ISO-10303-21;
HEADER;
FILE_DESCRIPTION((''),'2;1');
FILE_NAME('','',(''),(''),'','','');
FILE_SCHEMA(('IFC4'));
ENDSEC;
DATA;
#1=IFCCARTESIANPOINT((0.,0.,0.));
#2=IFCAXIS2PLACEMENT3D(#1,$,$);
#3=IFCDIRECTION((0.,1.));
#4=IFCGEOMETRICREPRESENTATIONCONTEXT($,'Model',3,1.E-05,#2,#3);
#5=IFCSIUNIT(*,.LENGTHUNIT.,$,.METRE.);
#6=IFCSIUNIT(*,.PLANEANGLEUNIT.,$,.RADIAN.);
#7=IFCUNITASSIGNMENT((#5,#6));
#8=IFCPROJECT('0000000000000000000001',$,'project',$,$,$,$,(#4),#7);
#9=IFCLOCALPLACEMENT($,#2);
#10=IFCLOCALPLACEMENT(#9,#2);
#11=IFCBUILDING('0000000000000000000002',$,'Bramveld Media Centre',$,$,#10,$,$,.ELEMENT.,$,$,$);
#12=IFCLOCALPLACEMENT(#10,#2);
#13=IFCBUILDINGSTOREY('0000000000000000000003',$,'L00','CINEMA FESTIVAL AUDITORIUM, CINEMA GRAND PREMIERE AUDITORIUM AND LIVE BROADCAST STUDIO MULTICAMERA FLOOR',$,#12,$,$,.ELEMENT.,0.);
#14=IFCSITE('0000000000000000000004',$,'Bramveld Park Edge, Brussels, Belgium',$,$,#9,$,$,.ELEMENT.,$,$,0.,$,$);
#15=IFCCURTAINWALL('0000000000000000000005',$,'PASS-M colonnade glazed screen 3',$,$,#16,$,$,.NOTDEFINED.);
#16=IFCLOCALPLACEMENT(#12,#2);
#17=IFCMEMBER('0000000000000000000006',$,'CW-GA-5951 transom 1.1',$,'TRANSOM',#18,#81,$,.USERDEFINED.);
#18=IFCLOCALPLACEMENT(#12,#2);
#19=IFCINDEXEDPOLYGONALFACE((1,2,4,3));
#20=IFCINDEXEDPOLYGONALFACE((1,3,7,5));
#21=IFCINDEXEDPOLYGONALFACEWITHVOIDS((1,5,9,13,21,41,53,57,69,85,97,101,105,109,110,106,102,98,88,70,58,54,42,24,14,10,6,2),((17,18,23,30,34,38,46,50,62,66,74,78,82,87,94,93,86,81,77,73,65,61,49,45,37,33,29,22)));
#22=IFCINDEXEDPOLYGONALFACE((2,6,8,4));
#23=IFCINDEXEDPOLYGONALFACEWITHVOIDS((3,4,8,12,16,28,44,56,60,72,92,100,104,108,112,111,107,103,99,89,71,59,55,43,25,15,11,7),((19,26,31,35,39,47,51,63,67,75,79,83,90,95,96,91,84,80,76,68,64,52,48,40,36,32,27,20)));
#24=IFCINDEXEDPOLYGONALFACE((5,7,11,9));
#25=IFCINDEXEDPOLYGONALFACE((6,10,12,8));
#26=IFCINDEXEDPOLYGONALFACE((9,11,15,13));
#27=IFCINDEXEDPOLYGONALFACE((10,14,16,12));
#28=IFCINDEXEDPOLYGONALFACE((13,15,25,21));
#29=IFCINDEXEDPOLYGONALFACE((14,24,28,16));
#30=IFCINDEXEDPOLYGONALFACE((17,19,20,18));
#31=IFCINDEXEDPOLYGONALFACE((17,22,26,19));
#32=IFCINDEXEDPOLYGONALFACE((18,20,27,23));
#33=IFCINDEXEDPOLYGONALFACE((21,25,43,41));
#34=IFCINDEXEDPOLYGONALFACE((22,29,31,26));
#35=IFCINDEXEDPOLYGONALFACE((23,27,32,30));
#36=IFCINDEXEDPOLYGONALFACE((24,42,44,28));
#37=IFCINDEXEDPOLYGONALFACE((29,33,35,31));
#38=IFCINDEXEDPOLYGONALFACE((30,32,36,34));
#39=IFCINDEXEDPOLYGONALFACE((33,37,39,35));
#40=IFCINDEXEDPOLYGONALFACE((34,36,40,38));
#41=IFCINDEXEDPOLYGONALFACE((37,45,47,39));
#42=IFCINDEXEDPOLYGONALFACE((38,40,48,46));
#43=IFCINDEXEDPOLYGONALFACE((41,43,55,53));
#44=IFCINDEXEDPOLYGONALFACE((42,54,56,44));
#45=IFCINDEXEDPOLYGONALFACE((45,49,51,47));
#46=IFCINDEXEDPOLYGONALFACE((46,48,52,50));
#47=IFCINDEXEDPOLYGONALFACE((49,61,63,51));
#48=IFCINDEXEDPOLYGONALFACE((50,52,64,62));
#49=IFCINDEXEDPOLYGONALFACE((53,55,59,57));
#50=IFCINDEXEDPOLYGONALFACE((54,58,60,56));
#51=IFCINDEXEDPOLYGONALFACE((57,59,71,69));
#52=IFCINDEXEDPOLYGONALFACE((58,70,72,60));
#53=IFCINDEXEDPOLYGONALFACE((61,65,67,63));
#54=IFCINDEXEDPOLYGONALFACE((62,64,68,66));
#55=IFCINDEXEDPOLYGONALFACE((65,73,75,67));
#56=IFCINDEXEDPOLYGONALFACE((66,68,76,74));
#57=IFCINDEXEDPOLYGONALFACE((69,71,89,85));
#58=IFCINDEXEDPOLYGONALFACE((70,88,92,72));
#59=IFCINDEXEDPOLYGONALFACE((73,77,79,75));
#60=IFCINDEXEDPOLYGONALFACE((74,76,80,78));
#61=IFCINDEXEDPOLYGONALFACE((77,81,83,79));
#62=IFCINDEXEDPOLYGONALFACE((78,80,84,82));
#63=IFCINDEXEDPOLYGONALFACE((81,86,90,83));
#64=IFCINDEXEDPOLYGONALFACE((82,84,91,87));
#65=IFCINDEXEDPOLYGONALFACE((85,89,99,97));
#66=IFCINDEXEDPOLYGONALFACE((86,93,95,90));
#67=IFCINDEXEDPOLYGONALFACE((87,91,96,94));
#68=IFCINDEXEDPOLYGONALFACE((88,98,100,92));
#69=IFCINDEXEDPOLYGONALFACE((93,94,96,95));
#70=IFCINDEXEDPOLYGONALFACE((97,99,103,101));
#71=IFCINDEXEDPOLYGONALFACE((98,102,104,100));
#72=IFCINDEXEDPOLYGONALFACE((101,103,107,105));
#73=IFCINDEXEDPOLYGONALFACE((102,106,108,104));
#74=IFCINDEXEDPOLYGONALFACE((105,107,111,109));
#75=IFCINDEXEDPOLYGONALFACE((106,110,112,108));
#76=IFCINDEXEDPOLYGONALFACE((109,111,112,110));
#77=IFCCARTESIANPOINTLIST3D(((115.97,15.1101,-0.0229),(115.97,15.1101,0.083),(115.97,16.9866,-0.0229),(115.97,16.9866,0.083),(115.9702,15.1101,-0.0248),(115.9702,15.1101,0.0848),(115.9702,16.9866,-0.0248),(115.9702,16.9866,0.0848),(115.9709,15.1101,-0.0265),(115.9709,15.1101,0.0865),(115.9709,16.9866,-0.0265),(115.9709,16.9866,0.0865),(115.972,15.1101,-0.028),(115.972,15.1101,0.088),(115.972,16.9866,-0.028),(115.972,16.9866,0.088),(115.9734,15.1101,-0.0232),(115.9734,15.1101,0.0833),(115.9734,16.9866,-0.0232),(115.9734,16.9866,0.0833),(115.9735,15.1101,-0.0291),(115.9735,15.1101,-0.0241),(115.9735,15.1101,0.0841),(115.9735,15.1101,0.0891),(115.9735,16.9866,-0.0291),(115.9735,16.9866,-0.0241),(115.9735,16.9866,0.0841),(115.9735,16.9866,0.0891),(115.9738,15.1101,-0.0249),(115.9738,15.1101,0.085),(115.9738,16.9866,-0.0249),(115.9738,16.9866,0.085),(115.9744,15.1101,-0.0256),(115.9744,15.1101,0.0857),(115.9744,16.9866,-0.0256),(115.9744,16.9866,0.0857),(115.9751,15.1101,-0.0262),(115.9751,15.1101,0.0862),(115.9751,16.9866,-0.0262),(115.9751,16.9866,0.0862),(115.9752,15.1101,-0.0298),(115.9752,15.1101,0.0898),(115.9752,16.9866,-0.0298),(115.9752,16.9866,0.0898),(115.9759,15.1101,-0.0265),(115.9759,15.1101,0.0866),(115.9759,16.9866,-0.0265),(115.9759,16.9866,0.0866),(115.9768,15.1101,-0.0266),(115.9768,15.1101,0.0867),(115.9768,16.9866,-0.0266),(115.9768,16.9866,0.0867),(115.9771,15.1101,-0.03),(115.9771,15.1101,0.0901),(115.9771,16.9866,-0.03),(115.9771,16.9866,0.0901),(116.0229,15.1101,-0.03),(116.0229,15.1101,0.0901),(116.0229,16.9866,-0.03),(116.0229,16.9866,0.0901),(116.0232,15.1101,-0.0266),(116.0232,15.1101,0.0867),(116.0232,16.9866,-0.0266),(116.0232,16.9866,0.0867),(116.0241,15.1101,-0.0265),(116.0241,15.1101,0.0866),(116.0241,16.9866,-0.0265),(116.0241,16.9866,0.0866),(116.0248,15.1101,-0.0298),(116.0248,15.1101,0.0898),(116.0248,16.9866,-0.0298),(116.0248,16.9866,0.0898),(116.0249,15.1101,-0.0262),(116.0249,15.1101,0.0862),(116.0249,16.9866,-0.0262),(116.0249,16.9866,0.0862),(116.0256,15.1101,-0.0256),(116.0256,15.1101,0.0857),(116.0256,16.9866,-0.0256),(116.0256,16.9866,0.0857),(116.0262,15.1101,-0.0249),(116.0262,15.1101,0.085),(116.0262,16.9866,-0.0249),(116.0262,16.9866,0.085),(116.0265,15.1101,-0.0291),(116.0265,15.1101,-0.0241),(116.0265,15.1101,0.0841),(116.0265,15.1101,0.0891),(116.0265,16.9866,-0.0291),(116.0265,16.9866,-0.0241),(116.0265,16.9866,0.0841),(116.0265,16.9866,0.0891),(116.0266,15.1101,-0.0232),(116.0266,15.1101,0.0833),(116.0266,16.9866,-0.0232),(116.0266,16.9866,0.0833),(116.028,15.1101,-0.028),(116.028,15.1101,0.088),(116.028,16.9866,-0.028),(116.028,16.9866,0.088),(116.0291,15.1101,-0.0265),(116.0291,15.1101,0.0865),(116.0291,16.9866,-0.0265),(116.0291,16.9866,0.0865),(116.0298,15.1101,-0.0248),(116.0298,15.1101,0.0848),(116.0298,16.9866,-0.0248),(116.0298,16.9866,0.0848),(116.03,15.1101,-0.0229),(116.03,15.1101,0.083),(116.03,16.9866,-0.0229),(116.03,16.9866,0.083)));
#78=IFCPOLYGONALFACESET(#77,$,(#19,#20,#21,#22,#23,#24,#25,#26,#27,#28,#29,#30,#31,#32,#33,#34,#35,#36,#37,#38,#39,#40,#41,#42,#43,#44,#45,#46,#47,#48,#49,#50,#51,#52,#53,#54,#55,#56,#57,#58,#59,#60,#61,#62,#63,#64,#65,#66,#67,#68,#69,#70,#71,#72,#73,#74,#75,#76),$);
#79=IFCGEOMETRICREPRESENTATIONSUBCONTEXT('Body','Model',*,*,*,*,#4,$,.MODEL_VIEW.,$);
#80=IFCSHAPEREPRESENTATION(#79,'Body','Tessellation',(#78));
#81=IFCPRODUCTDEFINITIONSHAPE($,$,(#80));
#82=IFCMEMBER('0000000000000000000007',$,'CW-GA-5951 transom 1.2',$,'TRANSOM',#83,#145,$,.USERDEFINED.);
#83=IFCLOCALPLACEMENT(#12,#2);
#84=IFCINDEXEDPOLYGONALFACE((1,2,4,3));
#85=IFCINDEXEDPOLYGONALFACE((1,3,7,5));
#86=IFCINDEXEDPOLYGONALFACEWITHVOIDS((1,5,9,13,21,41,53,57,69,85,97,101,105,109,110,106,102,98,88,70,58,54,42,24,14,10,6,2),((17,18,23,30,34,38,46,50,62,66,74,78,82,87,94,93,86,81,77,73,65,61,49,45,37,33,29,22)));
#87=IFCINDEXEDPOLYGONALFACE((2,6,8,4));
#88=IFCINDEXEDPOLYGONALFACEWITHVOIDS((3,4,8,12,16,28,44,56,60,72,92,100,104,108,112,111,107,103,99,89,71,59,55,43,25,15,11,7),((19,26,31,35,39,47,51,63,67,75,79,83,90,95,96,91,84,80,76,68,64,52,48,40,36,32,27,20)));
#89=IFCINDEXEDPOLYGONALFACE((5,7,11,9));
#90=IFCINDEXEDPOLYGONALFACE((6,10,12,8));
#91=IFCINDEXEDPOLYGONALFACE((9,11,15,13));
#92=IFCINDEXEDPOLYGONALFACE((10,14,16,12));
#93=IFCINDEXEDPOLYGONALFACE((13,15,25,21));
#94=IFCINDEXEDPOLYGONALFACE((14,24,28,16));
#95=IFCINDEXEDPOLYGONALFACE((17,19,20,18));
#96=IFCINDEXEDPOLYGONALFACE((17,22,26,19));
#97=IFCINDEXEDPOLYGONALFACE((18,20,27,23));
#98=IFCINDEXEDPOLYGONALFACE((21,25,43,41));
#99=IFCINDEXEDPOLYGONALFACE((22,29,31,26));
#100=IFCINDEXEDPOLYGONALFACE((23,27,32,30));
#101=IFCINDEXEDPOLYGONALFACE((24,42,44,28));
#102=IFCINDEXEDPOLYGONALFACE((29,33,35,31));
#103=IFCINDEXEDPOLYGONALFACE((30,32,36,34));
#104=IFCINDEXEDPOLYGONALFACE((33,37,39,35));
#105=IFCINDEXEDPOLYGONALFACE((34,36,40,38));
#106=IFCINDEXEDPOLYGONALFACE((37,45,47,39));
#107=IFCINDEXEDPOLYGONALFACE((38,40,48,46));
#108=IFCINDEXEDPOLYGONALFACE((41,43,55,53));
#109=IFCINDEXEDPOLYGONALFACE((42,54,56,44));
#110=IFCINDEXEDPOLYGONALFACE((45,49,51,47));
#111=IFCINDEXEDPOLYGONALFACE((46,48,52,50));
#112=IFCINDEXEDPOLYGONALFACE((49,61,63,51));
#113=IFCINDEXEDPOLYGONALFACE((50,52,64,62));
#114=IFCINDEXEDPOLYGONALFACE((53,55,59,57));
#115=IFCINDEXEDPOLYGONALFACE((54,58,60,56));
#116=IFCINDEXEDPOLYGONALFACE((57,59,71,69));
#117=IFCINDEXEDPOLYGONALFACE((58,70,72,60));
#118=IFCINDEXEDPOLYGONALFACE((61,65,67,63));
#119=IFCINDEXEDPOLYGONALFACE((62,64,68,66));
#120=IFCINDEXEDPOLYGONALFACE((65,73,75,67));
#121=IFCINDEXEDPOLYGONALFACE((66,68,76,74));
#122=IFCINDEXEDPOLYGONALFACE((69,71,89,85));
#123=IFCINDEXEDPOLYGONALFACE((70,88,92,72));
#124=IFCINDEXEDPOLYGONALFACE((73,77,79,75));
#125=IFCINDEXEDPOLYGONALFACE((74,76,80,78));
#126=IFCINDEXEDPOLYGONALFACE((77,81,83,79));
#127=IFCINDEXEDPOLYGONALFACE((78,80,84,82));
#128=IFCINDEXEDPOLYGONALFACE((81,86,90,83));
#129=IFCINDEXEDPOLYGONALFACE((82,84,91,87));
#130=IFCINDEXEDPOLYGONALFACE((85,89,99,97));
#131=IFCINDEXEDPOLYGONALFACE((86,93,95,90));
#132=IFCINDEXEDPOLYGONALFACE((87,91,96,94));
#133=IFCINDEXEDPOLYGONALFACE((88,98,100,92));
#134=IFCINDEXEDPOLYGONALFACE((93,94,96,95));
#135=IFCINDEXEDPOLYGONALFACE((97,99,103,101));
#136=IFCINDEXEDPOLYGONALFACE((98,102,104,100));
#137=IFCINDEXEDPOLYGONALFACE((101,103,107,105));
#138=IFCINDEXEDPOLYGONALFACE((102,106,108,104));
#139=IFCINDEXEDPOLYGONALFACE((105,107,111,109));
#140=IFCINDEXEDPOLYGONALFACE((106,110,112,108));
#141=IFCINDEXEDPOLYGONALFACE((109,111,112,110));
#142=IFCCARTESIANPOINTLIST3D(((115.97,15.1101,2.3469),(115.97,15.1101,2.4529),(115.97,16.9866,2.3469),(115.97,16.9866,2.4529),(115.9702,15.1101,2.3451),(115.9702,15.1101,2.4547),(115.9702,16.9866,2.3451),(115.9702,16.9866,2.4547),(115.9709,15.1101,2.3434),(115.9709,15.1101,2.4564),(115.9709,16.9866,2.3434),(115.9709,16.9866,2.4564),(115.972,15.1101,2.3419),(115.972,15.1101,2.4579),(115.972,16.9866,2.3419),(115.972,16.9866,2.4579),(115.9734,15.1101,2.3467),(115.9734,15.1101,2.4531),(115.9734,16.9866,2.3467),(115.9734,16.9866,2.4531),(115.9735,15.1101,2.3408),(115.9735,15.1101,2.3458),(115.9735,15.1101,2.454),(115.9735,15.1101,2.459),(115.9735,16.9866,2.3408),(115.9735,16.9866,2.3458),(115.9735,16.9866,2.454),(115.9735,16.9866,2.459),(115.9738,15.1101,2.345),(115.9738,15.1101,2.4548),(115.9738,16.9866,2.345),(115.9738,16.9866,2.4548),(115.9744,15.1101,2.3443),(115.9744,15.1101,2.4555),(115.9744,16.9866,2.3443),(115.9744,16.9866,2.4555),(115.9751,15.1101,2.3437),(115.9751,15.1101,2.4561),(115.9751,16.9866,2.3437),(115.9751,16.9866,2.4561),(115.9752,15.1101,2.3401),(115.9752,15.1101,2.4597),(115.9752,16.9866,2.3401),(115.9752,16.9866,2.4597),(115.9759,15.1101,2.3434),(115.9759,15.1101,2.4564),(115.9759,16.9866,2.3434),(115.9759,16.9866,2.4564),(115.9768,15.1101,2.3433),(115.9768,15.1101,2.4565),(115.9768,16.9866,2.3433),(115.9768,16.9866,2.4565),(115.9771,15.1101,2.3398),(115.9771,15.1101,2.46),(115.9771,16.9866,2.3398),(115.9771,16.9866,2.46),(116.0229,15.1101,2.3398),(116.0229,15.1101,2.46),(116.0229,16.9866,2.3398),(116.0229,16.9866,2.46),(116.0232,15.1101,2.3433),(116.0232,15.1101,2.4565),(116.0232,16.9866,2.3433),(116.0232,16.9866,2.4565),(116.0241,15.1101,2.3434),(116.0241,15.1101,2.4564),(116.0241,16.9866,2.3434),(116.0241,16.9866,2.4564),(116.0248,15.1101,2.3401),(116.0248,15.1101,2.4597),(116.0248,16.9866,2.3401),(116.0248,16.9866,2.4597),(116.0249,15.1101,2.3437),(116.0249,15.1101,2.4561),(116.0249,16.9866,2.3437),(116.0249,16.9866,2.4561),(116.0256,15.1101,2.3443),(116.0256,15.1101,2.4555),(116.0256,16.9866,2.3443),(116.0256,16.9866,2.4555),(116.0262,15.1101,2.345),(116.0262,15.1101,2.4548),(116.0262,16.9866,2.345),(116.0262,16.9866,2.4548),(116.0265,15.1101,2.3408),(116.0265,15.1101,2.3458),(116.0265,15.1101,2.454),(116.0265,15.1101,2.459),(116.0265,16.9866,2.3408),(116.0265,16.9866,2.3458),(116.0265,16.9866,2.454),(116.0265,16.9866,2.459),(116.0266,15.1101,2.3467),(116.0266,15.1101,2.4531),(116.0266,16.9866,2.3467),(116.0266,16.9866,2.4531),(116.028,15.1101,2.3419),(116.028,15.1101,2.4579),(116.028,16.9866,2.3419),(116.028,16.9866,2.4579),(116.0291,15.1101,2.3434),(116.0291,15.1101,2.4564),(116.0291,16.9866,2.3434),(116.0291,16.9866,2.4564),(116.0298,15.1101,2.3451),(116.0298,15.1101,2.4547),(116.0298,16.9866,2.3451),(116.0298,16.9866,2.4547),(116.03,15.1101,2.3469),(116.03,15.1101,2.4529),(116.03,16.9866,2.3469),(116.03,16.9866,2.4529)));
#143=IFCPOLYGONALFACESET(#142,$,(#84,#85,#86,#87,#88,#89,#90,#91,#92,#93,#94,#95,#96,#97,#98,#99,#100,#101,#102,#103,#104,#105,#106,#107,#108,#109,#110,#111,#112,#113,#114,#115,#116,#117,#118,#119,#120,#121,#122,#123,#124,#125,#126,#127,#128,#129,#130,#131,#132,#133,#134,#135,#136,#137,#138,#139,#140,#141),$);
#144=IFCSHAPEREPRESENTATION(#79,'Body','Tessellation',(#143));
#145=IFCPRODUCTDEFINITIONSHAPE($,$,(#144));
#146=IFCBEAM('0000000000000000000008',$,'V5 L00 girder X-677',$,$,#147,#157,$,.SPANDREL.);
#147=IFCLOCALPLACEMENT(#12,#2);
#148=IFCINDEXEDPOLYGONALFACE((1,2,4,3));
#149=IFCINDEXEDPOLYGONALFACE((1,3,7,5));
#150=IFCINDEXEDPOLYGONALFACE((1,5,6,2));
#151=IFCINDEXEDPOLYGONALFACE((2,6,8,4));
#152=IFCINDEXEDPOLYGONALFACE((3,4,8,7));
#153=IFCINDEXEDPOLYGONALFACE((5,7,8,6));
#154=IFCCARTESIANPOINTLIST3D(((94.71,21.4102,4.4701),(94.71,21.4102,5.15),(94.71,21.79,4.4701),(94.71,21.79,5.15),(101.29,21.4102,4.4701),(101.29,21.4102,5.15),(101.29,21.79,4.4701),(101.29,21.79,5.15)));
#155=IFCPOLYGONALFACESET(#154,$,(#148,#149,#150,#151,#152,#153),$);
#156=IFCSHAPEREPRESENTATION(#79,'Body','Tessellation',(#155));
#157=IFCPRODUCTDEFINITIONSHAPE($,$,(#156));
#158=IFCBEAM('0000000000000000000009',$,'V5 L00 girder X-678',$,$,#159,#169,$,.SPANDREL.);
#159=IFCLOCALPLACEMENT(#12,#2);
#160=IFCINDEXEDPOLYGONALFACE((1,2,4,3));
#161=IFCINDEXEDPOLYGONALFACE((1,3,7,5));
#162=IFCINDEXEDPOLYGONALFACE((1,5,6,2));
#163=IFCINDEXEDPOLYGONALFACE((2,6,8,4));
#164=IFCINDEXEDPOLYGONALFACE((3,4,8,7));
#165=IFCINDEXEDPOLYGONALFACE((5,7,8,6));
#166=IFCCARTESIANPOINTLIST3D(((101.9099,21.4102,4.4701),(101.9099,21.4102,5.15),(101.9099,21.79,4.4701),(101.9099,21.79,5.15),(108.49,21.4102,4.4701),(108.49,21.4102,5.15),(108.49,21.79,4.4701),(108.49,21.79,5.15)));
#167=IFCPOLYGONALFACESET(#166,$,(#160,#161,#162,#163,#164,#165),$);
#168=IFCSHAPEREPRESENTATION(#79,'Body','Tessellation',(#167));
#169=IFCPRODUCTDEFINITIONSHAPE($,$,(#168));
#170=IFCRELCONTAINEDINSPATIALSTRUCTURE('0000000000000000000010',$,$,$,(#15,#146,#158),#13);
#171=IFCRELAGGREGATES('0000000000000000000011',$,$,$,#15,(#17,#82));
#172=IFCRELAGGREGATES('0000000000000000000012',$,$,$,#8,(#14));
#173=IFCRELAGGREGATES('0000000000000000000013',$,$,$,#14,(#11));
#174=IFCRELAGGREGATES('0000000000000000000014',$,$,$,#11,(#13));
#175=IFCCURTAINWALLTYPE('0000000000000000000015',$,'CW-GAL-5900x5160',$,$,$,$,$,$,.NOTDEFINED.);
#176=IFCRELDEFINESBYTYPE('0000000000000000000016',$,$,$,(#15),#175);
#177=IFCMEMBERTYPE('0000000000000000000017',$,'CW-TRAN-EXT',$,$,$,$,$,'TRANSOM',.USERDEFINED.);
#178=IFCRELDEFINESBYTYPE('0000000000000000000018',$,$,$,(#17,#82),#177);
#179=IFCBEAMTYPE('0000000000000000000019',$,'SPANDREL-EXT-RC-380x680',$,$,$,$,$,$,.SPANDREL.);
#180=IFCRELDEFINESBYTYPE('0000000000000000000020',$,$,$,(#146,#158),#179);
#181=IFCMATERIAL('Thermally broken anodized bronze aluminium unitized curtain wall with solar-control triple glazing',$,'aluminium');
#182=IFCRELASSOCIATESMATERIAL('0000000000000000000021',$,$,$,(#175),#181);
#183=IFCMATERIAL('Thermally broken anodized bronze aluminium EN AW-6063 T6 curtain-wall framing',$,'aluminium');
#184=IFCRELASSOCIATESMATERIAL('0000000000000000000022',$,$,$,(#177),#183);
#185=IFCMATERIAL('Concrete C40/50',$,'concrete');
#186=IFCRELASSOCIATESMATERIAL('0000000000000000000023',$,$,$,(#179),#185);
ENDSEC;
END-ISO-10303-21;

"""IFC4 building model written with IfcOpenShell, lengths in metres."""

from ifc_helpers import new_model, si_unit, direction, frame, origin, origin_2d, place, context, subcontext, project, spatial, rectangle, hollow_rectangle, extrude, material, material_profile, profile_set, type_object, element, aggregate, save


model = new_model("IFC4")

# Units and contexts
model_context = context("Model", 3, precision=1e-05, world=origin(), true_north=direction((0.0, 1.0)))
body_context = subcontext(model_context, "Body", "Model", "MODEL_VIEW")
ifc_project = project(units=[si_unit("LENGTHUNIT", "METRE"), si_unit("PLANEANGLEUNIT", "RADIAN")], contexts=[model_context])

# Site, building, storey
site_placement = place(None, origin())
site = spatial("IfcSite", under=ifc_project, at=site_placement, Name="Bramveld Park Edge, Brussels, Belgium", CompositionType="ELEMENT", RefElevation=0.0)
building_placement = place(site_placement, origin())
building = spatial("IfcBuilding", under=site, at=building_placement, Name="Bramveld Media Centre", CompositionType="ELEMENT")
storey_placement = place(building_placement, origin())
storey = spatial("IfcBuildingStorey", under=building, at=storey_placement, Name="L00", Description="CINEMA FESTIVAL AUDITORIUM, CINEMA GRAND PREMIERE AUDITORIUM AND LIVE BROADCAST STUDIO MULTICAMERA FLOOR", CompositionType="ELEMENT", Elevation=0.0)

# Curtain wall, members
ifc_material_1 = material(Name="Thermally broken anodized bronze aluminium unitized curtain wall with solar-control triple glazing", Category="aluminium")
curtain_wall_type = type_object("IfcCurtainWallType", Name="CW-GAL-5900x5160", PredefinedType="NOTDEFINED", material=ifc_material_1)
curtain_wall_placement = place(storey_placement, origin())
curtain_wall = element("IfcCurtainWall", 1, at=curtain_wall_placement, inside=storey, type_object=curtain_wall_type, Name="PASS-M colonnade glazed screen 3", PredefinedType="NOTDEFINED")
ifc_material_2 = material(Name="Thermally broken anodized bronze aluminium EN AW-6063 T6 curtain-wall framing", Category="aluminium")
ifc_material_profile_1 = material_profile(ifc_material_2, hollow_rectangle(XDim=0.0601, YDim=0.1201, WallThickness=0.0034, InnerFilletRadius=0.0034, OuterFilletRadius=0.0071, at=origin_2d()), Name="AL-TRAN 60x120")
ifc_profile_set_1 = profile_set([ifc_material_profile_1], Name="Thermally broken anodized bronze aluminium EN AW-6063 T6 curtain-wall framing")
member_type_1 = type_object("IfcMemberType", Name="CW-TRAN-EXT", ElementType="TRANSOM", PredefinedType="USERDEFINED", material=ifc_profile_set_1)
member_1_placement = place(storey_placement, frame((116.0, 15.1101, 0.03), z_axis=(0.0, 1.0, 0.0), x_axis=(-1.0, 0.0, 0.0)))
member_1 = element("IfcMember", 2, at=member_1_placement, type_object=member_type_1, Name="CW-GA-5951 transom 1.1", ObjectType="TRANSOM", PredefinedType="USERDEFINED", context=body_context, shape_type="SweptSolid", body=[
    extrude(hollow_rectangle(XDim=0.0601, YDim=0.1201, WallThickness=0.0034, InnerFilletRadius=0.0034, OuterFilletRadius=0.0071, at=origin_2d()), origin(), (0.0, 0.0, 1.0), 1.8765),
])
member_2_placement = place(storey_placement, frame((116.0, 15.1101, 2.3999), z_axis=(0.0, 1.0, 0.0), x_axis=(-1.0, 0.0, 0.0)))
member_2 = element("IfcMember", 3, at=member_2_placement, type_object=member_type_1, Name="CW-GA-5951 transom 1.2", ObjectType="TRANSOM", PredefinedType="USERDEFINED", context=body_context, shape_type="SweptSolid", body=[
    extrude(hollow_rectangle(XDim=0.0601, YDim=0.1201, WallThickness=0.0034, InnerFilletRadius=0.0034, OuterFilletRadius=0.0071, at=origin_2d()), origin(), (0.0, 0.0, 1.0), 1.8765),
])
aggregate(curtain_wall, [member_1, member_2])

# Beams
ifc_material_3 = material(Name="Concrete C40/50", Category="concrete")
ifc_material_profile_2 = material_profile(ifc_material_3, rectangle(XDim=0.3799, YDim=0.6799, at=origin_2d()), Name="RC 380x680")
ifc_profile_set_2 = profile_set([ifc_material_profile_2], Name="Concrete C40/50")
beam_type_1 = type_object("IfcBeamType", Name="SPANDREL-EXT-RC-380x680", PredefinedType="SPANDREL", material=ifc_profile_set_2)
for number, where, z_axis, x_axis, name in (
    (4, (94.71, 21.6001, 4.8101), (1.0, 0.0, 0.0), (0.0, 1.0, 0.0), "V5 L00 girder X-677"),
    (5, (101.9099, 21.6001, 4.8101), (1.0, 0.0, 0.0), (0.0, 1.0, 0.0), "V5 L00 girder X-678"),
):
    element("IfcBeam", number, at=place(storey_placement, frame(where, z_axis=z_axis, x_axis=x_axis)), inside=storey, type_object=beam_type_1, Name=name, PredefinedType="SPANDREL", context=body_context, shape_type="SweptSolid", body=[
        extrude(rectangle(XDim=0.3799, YDim=0.6799, at=origin_2d()), origin(), (0.0, 0.0, 1.0), 6.5801),
    ])

save(model, "model.ifc")
